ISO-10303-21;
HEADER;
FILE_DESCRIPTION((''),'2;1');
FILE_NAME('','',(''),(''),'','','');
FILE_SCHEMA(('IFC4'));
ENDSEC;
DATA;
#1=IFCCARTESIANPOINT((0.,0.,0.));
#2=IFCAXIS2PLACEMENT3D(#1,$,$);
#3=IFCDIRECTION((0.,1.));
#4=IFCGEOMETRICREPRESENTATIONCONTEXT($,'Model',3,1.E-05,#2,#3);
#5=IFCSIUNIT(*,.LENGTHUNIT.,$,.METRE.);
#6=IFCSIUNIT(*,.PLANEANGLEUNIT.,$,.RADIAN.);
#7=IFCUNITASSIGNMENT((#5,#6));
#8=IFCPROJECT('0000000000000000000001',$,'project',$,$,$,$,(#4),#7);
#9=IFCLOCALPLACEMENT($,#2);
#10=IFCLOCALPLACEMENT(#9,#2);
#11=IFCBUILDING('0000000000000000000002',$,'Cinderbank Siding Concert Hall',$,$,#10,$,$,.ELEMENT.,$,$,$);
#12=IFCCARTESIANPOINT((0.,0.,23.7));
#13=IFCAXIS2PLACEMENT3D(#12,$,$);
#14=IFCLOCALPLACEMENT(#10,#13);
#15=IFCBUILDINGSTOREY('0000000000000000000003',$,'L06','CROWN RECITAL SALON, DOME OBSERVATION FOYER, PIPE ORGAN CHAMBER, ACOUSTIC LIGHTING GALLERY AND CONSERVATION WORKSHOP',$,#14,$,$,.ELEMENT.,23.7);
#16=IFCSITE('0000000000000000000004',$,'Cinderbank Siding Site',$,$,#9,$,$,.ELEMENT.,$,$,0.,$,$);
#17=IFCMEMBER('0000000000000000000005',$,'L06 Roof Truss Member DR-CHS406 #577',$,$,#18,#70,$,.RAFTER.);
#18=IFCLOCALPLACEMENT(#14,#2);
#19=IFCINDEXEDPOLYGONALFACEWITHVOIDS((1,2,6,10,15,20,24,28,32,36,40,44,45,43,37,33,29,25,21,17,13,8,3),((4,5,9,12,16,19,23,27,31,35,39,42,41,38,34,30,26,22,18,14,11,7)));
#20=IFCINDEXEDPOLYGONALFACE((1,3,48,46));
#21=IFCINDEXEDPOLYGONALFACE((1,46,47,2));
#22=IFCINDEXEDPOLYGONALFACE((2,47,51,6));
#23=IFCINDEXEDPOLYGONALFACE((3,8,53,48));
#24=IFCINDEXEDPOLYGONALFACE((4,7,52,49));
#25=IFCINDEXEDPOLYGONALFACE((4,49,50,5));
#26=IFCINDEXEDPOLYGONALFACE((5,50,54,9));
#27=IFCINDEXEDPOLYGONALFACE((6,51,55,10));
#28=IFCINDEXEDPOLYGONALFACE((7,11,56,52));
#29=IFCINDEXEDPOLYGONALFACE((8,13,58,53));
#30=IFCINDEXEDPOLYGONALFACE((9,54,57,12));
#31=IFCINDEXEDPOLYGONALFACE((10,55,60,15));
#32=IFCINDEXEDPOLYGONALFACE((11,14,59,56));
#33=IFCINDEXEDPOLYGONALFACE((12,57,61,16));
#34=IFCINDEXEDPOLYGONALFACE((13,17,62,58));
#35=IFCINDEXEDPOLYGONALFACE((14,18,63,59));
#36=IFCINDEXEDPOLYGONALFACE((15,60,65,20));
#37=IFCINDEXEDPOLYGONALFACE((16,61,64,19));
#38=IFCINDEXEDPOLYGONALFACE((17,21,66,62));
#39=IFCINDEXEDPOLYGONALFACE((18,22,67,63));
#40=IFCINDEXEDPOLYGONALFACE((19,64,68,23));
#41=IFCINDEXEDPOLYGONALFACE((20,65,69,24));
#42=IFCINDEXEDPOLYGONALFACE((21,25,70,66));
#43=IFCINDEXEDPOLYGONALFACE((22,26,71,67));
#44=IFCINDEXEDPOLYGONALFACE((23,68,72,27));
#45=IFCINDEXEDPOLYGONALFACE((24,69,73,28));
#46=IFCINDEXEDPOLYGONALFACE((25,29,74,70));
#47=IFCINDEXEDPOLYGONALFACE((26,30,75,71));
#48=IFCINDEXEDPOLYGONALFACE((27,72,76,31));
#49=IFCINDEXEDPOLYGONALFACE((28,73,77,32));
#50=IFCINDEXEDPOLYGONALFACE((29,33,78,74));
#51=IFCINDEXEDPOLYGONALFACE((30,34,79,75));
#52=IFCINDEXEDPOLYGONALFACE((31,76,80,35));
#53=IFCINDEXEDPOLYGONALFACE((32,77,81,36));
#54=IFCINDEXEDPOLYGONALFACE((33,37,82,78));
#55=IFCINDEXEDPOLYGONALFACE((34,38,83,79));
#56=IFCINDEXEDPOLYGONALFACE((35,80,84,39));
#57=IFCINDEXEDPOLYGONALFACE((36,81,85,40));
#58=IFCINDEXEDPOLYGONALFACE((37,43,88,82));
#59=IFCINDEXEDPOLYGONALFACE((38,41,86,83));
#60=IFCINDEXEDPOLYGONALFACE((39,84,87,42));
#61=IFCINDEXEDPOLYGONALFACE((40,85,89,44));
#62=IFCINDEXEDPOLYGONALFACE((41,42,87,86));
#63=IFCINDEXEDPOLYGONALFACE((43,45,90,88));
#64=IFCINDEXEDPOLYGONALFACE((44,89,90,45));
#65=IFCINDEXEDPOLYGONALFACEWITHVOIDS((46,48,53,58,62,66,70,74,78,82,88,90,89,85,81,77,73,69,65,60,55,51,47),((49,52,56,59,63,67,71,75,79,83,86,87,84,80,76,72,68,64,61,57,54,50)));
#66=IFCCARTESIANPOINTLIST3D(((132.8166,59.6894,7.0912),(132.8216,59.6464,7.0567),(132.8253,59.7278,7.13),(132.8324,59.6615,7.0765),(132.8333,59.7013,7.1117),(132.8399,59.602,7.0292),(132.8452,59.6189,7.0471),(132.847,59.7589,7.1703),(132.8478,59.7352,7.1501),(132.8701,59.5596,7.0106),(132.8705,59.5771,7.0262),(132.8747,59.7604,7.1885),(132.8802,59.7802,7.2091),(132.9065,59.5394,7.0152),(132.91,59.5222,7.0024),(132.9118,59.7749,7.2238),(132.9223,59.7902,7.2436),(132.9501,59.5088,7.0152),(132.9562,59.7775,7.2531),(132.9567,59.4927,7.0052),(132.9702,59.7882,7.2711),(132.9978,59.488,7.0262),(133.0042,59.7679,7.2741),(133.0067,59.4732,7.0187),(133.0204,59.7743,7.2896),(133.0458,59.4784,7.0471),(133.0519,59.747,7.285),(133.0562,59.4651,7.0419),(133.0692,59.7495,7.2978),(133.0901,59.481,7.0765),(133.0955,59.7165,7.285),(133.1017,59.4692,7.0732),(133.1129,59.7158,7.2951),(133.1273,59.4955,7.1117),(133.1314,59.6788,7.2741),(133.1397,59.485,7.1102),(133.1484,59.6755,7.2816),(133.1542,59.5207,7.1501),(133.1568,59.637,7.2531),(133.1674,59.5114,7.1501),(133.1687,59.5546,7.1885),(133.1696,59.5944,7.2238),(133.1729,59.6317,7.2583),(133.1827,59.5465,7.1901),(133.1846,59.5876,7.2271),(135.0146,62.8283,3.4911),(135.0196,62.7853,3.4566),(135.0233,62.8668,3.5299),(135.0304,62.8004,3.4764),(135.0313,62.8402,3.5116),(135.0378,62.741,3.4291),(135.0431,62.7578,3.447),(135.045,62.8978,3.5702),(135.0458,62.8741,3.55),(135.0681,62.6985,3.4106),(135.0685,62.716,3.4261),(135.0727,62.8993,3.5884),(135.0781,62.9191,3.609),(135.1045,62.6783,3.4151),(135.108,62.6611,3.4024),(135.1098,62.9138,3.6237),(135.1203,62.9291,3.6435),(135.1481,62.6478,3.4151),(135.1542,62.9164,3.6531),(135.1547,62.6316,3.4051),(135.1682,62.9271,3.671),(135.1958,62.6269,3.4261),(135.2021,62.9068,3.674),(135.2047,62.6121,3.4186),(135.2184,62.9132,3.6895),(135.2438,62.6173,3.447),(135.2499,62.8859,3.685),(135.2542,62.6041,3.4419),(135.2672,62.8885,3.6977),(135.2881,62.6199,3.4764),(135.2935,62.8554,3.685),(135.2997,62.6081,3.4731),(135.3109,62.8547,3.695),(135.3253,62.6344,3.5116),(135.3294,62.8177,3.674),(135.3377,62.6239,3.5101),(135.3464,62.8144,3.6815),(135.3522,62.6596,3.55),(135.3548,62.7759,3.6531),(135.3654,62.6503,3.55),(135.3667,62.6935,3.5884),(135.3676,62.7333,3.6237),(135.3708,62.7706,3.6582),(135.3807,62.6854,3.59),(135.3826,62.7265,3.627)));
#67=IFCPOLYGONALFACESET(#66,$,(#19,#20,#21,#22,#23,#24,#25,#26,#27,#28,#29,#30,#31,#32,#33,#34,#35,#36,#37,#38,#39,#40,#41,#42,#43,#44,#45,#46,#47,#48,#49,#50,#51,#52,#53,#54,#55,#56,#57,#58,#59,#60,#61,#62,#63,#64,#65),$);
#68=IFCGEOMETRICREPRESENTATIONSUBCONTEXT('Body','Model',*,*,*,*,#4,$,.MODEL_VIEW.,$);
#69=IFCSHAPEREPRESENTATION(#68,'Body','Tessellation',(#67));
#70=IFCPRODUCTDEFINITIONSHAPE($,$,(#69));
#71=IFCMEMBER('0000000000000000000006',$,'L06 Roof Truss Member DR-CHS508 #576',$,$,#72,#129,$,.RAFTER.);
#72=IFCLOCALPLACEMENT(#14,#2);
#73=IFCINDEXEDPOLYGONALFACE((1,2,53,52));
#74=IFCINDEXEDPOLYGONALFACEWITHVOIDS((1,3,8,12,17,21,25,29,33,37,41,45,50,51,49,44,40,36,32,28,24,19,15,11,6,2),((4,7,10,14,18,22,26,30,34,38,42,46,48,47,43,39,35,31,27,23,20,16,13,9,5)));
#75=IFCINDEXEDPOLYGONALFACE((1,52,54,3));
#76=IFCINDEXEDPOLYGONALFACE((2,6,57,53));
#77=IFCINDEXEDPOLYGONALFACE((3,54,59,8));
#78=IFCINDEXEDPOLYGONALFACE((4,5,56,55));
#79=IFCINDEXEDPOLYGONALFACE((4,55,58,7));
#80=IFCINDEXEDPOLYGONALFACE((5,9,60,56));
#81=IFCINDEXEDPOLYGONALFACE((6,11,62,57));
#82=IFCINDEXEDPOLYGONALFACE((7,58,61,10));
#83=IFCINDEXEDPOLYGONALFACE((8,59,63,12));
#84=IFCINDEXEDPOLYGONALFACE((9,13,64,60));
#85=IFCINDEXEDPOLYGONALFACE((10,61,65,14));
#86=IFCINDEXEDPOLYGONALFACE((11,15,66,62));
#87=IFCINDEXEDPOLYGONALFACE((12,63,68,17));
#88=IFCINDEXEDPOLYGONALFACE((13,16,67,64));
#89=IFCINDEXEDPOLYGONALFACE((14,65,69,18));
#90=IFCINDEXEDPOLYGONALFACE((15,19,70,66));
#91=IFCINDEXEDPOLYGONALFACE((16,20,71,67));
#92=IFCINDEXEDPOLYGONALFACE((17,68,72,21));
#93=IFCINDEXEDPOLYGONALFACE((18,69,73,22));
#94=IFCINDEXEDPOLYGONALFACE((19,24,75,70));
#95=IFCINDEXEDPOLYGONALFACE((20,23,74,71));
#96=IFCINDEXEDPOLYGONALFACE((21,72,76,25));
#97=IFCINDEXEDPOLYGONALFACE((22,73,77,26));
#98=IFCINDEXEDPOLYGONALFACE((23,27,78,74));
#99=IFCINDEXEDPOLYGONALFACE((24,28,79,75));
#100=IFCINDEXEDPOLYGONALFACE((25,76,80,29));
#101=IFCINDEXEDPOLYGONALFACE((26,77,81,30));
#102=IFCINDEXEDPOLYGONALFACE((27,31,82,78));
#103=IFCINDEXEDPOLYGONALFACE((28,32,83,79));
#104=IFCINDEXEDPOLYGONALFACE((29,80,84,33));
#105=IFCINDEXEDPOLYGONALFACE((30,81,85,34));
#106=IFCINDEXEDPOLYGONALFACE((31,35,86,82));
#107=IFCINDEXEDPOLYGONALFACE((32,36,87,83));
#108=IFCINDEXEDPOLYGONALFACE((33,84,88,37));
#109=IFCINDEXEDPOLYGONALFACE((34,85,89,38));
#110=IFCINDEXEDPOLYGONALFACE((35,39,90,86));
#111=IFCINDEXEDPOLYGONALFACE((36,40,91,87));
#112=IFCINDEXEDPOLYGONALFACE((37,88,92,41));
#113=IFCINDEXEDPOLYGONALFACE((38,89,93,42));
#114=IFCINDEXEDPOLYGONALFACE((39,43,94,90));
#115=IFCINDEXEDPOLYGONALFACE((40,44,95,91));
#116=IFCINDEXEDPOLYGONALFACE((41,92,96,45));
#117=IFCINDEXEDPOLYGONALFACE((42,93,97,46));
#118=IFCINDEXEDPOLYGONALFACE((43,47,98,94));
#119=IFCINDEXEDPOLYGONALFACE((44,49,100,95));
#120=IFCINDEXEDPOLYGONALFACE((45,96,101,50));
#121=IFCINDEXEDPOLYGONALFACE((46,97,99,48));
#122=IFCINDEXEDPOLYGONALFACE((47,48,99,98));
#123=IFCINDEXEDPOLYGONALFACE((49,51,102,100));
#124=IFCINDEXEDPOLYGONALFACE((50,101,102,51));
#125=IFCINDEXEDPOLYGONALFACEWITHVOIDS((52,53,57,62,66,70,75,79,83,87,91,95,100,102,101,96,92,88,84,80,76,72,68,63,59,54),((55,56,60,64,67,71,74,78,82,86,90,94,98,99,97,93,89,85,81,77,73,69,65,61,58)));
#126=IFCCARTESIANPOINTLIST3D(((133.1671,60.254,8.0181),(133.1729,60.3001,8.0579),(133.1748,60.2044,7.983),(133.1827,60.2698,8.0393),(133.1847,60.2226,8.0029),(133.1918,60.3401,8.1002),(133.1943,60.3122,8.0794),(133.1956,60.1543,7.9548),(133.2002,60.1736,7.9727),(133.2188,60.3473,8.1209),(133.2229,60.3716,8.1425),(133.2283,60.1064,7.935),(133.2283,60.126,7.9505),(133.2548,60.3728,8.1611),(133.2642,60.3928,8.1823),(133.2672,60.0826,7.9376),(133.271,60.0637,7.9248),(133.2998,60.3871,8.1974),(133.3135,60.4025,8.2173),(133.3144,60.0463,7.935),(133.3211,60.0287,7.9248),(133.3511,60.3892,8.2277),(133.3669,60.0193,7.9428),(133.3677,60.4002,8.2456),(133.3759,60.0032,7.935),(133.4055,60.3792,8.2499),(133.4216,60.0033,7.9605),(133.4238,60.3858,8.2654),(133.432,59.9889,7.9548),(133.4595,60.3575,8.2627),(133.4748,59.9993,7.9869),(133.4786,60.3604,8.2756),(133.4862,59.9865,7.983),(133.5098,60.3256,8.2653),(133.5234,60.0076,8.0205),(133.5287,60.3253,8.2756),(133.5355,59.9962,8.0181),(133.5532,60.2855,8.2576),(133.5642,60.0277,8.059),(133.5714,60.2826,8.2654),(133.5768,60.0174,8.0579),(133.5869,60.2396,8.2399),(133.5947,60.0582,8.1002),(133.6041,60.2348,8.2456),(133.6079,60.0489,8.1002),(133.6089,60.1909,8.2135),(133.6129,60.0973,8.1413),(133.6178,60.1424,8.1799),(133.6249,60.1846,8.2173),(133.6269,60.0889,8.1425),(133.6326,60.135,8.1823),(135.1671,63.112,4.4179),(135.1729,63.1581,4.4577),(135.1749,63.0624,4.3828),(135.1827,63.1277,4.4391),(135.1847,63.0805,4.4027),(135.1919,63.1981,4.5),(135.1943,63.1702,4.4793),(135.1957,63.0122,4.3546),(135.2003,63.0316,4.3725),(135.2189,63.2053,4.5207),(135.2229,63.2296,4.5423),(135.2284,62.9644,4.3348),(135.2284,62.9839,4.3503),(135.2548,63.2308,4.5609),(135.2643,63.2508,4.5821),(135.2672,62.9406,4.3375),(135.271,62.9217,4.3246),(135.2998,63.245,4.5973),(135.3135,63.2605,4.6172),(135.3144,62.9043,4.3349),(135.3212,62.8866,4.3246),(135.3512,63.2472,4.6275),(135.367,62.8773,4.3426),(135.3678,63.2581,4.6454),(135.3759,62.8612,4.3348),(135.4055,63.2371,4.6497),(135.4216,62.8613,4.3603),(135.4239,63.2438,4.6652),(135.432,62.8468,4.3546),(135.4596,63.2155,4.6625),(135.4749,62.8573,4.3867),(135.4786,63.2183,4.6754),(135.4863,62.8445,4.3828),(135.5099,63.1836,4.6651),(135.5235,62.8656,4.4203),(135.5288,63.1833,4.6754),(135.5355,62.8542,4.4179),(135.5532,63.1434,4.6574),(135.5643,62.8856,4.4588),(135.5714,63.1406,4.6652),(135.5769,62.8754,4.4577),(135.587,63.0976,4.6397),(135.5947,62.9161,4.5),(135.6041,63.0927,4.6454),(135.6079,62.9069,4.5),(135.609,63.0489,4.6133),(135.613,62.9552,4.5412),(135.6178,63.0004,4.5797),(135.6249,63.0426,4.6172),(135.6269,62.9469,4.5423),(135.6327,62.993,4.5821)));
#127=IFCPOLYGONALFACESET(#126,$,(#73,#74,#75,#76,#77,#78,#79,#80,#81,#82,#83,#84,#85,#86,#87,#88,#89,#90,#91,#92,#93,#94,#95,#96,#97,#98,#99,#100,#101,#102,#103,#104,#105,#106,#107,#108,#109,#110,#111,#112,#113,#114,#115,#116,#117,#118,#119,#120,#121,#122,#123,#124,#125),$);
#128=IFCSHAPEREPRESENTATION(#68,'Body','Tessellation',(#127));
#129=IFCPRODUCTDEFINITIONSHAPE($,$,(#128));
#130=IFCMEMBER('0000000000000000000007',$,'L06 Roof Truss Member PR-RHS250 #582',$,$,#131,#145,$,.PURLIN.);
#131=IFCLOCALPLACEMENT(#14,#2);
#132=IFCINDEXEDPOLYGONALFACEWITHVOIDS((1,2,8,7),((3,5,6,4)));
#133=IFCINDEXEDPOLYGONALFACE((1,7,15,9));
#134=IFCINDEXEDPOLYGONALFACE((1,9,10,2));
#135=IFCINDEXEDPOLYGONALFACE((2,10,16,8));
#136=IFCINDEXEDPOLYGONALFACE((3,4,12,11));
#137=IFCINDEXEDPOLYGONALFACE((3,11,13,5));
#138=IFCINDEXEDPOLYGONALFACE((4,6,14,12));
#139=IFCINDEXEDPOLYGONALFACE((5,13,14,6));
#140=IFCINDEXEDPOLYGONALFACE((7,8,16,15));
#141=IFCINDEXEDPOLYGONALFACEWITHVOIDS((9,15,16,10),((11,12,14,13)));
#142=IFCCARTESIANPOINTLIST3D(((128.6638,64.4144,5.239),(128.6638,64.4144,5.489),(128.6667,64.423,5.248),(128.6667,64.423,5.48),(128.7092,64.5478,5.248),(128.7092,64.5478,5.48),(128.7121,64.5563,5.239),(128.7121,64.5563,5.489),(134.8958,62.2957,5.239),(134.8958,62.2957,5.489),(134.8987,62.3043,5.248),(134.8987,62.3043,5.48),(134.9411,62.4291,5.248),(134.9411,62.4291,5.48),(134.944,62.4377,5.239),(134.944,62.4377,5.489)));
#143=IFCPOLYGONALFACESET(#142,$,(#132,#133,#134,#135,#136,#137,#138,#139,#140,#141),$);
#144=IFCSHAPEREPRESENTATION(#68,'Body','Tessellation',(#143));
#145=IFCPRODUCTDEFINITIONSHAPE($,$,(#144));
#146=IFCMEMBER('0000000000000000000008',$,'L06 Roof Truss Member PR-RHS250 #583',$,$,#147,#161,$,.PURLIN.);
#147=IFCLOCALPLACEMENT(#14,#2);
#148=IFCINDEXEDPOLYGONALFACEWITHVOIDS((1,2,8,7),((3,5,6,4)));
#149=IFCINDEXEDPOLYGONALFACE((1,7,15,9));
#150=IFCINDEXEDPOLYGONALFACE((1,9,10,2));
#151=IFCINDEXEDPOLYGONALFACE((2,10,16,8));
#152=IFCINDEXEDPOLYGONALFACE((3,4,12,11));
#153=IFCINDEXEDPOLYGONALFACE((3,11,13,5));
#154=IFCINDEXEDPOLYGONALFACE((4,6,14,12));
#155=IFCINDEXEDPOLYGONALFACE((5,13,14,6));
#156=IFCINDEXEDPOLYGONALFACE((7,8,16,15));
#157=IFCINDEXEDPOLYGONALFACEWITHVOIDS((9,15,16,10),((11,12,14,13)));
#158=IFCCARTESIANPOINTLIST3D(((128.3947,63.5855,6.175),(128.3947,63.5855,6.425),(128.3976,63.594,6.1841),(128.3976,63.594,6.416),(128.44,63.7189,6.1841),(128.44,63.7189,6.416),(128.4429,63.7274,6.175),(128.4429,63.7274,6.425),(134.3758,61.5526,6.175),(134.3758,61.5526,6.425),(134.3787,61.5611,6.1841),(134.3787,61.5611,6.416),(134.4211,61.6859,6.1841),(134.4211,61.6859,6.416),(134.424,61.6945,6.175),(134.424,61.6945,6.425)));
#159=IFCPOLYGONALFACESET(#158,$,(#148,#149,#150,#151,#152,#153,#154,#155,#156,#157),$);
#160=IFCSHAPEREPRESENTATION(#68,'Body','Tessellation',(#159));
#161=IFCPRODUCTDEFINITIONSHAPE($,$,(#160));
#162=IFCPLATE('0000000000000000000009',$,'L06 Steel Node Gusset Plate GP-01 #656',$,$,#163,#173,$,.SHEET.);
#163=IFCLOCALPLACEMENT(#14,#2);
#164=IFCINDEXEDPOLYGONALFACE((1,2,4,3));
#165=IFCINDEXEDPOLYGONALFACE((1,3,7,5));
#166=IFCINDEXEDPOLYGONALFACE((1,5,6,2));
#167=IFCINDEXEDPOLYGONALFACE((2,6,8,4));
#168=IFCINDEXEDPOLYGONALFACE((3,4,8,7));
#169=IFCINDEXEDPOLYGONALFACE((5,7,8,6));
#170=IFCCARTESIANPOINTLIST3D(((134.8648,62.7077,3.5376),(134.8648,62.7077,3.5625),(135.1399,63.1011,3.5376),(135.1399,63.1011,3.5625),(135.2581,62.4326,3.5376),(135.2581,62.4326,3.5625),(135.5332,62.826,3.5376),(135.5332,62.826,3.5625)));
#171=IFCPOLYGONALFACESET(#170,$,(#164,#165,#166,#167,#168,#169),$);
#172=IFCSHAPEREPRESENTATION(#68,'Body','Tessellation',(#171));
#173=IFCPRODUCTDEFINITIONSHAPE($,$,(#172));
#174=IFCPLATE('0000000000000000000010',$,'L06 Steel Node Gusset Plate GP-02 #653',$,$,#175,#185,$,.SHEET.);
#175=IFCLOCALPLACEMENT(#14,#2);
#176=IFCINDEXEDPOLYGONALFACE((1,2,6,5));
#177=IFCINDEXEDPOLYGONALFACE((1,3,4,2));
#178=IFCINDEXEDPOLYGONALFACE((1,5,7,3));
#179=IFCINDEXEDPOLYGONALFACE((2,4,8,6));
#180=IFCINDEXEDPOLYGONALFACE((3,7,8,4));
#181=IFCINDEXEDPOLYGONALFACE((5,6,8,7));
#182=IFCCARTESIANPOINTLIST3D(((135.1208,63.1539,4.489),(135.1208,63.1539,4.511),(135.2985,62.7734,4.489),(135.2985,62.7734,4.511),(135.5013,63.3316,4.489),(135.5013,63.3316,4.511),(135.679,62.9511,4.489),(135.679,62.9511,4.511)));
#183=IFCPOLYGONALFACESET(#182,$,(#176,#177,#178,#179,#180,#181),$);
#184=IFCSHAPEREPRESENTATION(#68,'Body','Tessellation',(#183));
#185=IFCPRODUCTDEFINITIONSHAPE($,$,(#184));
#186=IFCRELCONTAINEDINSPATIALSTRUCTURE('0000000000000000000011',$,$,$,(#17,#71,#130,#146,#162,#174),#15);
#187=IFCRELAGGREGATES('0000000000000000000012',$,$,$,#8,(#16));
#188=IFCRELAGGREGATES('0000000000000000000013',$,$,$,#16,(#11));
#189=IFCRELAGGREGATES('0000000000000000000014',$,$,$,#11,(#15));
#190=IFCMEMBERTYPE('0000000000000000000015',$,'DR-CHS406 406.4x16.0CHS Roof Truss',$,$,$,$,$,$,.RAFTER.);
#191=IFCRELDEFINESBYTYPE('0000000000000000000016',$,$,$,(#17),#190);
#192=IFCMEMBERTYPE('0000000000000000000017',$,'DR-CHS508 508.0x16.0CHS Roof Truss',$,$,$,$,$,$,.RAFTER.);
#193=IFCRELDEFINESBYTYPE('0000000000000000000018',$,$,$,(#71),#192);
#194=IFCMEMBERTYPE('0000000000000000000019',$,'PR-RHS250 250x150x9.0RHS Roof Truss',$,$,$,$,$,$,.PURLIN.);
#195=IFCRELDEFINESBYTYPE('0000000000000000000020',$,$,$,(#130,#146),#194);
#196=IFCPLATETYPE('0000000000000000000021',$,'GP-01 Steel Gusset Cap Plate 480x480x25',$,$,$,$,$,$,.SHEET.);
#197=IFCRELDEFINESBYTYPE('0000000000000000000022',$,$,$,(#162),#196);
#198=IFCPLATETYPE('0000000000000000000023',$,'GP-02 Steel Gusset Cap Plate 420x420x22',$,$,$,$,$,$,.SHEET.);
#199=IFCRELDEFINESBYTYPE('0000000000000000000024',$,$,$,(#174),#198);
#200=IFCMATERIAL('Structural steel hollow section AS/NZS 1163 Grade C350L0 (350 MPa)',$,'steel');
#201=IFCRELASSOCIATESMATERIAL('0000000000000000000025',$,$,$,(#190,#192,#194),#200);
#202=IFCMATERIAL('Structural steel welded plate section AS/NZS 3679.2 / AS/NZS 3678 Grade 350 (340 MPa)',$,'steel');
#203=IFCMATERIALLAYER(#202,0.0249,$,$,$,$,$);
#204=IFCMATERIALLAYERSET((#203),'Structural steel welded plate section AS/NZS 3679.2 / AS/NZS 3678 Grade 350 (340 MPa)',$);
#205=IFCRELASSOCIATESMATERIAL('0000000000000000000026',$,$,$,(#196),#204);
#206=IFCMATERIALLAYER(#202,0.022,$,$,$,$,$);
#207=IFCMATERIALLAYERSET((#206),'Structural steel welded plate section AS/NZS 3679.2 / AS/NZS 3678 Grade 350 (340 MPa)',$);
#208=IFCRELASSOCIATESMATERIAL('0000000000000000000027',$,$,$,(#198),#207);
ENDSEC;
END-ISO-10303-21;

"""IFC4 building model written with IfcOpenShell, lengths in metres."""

from ifc_helpers import new_model, si_unit, direction, frame, origin, origin_2d, place, context, subcontext, project, spatial, rectangle, hollow_rectangle, hollow_circle, extrude, material, layer, layer_set, material_profile, profile_set, type_object, element, save


model = new_model("IFC4")

# Units and contexts
model_context = context("Model", 3, precision=1e-05, world=origin(), true_north=direction((0.0, 1.0)))
body_context = subcontext(model_context, "Body", "Model", "MODEL_VIEW")
ifc_project = project(units=[si_unit("LENGTHUNIT", "METRE"), si_unit("PLANEANGLEUNIT", "RADIAN")], contexts=[model_context])

# Site, building, storey
site_placement = place(None, origin())
site = spatial("IfcSite", under=ifc_project, at=site_placement, Name="Cinderbank Siding Site", CompositionType="ELEMENT", RefElevation=0.0)
building_placement = place(site_placement, origin())
building = spatial("IfcBuilding", under=site, at=building_placement, Name="Cinderbank Siding Concert Hall", CompositionType="ELEMENT")
storey_placement = place(building_placement, frame((0.0, 0.0, 23.7)))
storey = spatial("IfcBuildingStorey", under=building, at=storey_placement, Name="L06", Description="CROWN RECITAL SALON, DOME OBSERVATION FOYER, PIPE ORGAN CHAMBER, ACOUSTIC LIGHTING GALLERY AND CONSERVATION WORKSHOP", CompositionType="ELEMENT", Elevation=23.7)

# Shared definitions
ifc_material_1 = material(Name="Structural steel welded plate section AS/NZS 3679.2 / AS/NZS 3678 Grade 350 (340 MPa)", Category="steel")

# Members
ifc_material_2 = material(Name="Structural steel hollow section AS/NZS 1163 Grade C350L0 (350 MPa)", Category="steel")
ifc_material_profile_1 = material_profile(ifc_material_2, hollow_circle(Radius=0.2031, WallThickness=0.0161, at=origin_2d()), Name="406.4x16.0CHS", Category="LoadBearing")
ifc_profile_set_1 = profile_set([ifc_material_profile_1], Name="Structural steel hollow section AS/NZS 1163 Grade C350L0 (350 MPa)")
member_type_1 = type_object("IfcMemberType", Name="DR-CHS406 406.4x16.0CHS Roof Truss", PredefinedType="RAFTER", material=ifc_profile_set_1)
member_1_placement = place(storey_placement, frame((135.199, 62.7668, 3.55), z_axis=(-0.418043, -0.596999, 0.684713), x_axis=(0.819139, -0.573595, 0.0)))
element("IfcMember", 1, at=member_1_placement, inside=storey, type_object=member_type_1, Name="L06 Roof Truss Member DR-CHS406 #577", PredefinedType="RAFTER", context=body_context, shape_type="SweptSolid", body=[
    extrude(hollow_circle(Radius=0.2031, WallThickness=0.0161, at=origin_2d()), origin(), (0.0, 0.0, 1.0), 5.2578),
])
ifc_material_profile_2 = material_profile(ifc_material_2, hollow_circle(Radius=0.2539, WallThickness=0.0161, at=origin_2d()), Name="508.0x16.0CHS", Category="LoadBearing")
ifc_profile_set_2 = profile_set([ifc_material_profile_2], Name="Structural steel hollow section AS/NZS 1163 Grade C350L0 (350 MPa)")
member_type_2 = type_object("IfcMemberType", Name="DR-CHS508 508.0x16.0CHS Roof Truss", PredefinedType="RAFTER", material=ifc_profile_set_2)
member_2_placement = place(storey_placement, frame((135.3999, 63.0525, 4.5), z_axis=(-0.398977, -0.57012, 0.718178), x_axis=(0.819304, -0.573359, 0.0)))
element("IfcMember", 2, at=member_2_placement, inside=storey, type_object=member_type_2, Name="L06 Roof Truss Member DR-CHS508 #576", PredefinedType="RAFTER", context=body_context, shape_type="SweptSolid", body=[
    extrude(hollow_circle(Radius=0.2539, WallThickness=0.0161, at=origin_2d()), origin(), (0.0, 0.0, 1.0), 5.0129),
])
ifc_material_profile_3 = material_profile(ifc_material_2, hollow_rectangle(XDim=0.1499, YDim=0.25, WallThickness=0.009, at=origin_2d()), Name="250x150x9.0RHS", Category="LoadBearing")
ifc_profile_set_3 = profile_set([ifc_material_profile_3], Name="Structural steel hollow section AS/NZS 1163 Grade C350L0 (350 MPa)")
member_type_3 = type_object("IfcMemberType", Name="PR-RHS250 250x150x9.0RHS Roof Truss", PredefinedType="PURLIN", material=ifc_profile_set_3)
member_3_placement = place(storey_placement, frame((134.9199, 62.3667, 5.364), z_axis=(-0.946782, 0.321875, 0.0), x_axis=(-0.321875, -0.946782, 0.0)))
element("IfcMember", 3, at=member_3_placement, inside=storey, type_object=member_type_3, Name="L06 Roof Truss Member PR-RHS250 #582", PredefinedType="PURLIN", context=body_context, shape_type="SweptSolid", body=[
    extrude(hollow_rectangle(XDim=0.1499, YDim=0.25, WallThickness=0.009, at=origin_2d()), origin(), (0.0, 0.0, 1.0), 6.5823),
])
member_4_placement = place(storey_placement, frame((134.3999, 61.6235, 6.3), z_axis=(-0.946804, 0.321811, 0.0), x_axis=(-0.321811, -0.946804, 0.0)))
element("IfcMember", 4, at=member_4_placement, inside=storey, type_object=member_type_3, Name="L06 Roof Truss Member PR-RHS250 #583", PredefinedType="PURLIN", context=body_context, shape_type="SweptSolid", body=[
    extrude(hollow_rectangle(XDim=0.1499, YDim=0.25, WallThickness=0.009, at=origin_2d()), origin(), (0.0, 0.0, 1.0), 6.3171),
])

# Plates
ifc_layer_1 = layer(ifc_material_1, 0.0249)
ifc_layer_set_1 = layer_set([ifc_layer_1], Name="Structural steel welded plate section AS/NZS 3679.2 / AS/NZS 3678 Grade 350 (340 MPa)")
plate_type_1 = type_object("IfcPlateType", Name="GP-01 Steel Gusset Cap Plate 480x480x25", PredefinedType="SHEET", material=ifc_layer_set_1)
plate_1_placement = place(storey_placement, frame((135.199, 62.7668, 3.5376), z_axis=(0.0, 0.0, 1.0), x_axis=(-0.573147, -0.819452, 0.0)))
element("IfcPlate", 5, at=plate_1_placement, inside=storey, type_object=plate_type_1, Name="L06 Steel Node Gusset Plate GP-01 #656", PredefinedType="SHEET", context=body_context, shape_type="SweptSolid", body=[
    extrude(rectangle(XDim=0.48, YDim=0.48, at=origin_2d()), origin(), (0.0, 0.0, 1.0), 0.0249),
])
ifc_layer_2 = layer(ifc_material_1, 0.022)
ifc_layer_set_2 = layer_set([ifc_layer_2], Name="Structural steel welded plate section AS/NZS 3679.2 / AS/NZS 3678 Grade 350 (340 MPa)")
plate_type_2 = type_object("IfcPlateType", Name="GP-02 Steel Gusset Cap Plate 420x420x22", PredefinedType="SHEET", material=ifc_layer_set_2)
plate_2_placement = place(storey_placement, frame((135.3999, 63.0525, 4.489), z_axis=(0.0, 0.0, 1.0), x_axis=(0.423093, -0.906086, 0.0)))
element("IfcPlate", 6, at=plate_2_placement, inside=storey, type_object=plate_type_2, Name="L06 Steel Node Gusset Plate GP-02 #653", PredefinedType="SHEET", context=body_context, shape_type="SweptSolid", body=[
    extrude(rectangle(XDim=0.4199, YDim=0.4199, at=origin_2d()), origin(), (0.0, 0.0, 1.0), 0.022),
])

save(model, "model.ifc")
